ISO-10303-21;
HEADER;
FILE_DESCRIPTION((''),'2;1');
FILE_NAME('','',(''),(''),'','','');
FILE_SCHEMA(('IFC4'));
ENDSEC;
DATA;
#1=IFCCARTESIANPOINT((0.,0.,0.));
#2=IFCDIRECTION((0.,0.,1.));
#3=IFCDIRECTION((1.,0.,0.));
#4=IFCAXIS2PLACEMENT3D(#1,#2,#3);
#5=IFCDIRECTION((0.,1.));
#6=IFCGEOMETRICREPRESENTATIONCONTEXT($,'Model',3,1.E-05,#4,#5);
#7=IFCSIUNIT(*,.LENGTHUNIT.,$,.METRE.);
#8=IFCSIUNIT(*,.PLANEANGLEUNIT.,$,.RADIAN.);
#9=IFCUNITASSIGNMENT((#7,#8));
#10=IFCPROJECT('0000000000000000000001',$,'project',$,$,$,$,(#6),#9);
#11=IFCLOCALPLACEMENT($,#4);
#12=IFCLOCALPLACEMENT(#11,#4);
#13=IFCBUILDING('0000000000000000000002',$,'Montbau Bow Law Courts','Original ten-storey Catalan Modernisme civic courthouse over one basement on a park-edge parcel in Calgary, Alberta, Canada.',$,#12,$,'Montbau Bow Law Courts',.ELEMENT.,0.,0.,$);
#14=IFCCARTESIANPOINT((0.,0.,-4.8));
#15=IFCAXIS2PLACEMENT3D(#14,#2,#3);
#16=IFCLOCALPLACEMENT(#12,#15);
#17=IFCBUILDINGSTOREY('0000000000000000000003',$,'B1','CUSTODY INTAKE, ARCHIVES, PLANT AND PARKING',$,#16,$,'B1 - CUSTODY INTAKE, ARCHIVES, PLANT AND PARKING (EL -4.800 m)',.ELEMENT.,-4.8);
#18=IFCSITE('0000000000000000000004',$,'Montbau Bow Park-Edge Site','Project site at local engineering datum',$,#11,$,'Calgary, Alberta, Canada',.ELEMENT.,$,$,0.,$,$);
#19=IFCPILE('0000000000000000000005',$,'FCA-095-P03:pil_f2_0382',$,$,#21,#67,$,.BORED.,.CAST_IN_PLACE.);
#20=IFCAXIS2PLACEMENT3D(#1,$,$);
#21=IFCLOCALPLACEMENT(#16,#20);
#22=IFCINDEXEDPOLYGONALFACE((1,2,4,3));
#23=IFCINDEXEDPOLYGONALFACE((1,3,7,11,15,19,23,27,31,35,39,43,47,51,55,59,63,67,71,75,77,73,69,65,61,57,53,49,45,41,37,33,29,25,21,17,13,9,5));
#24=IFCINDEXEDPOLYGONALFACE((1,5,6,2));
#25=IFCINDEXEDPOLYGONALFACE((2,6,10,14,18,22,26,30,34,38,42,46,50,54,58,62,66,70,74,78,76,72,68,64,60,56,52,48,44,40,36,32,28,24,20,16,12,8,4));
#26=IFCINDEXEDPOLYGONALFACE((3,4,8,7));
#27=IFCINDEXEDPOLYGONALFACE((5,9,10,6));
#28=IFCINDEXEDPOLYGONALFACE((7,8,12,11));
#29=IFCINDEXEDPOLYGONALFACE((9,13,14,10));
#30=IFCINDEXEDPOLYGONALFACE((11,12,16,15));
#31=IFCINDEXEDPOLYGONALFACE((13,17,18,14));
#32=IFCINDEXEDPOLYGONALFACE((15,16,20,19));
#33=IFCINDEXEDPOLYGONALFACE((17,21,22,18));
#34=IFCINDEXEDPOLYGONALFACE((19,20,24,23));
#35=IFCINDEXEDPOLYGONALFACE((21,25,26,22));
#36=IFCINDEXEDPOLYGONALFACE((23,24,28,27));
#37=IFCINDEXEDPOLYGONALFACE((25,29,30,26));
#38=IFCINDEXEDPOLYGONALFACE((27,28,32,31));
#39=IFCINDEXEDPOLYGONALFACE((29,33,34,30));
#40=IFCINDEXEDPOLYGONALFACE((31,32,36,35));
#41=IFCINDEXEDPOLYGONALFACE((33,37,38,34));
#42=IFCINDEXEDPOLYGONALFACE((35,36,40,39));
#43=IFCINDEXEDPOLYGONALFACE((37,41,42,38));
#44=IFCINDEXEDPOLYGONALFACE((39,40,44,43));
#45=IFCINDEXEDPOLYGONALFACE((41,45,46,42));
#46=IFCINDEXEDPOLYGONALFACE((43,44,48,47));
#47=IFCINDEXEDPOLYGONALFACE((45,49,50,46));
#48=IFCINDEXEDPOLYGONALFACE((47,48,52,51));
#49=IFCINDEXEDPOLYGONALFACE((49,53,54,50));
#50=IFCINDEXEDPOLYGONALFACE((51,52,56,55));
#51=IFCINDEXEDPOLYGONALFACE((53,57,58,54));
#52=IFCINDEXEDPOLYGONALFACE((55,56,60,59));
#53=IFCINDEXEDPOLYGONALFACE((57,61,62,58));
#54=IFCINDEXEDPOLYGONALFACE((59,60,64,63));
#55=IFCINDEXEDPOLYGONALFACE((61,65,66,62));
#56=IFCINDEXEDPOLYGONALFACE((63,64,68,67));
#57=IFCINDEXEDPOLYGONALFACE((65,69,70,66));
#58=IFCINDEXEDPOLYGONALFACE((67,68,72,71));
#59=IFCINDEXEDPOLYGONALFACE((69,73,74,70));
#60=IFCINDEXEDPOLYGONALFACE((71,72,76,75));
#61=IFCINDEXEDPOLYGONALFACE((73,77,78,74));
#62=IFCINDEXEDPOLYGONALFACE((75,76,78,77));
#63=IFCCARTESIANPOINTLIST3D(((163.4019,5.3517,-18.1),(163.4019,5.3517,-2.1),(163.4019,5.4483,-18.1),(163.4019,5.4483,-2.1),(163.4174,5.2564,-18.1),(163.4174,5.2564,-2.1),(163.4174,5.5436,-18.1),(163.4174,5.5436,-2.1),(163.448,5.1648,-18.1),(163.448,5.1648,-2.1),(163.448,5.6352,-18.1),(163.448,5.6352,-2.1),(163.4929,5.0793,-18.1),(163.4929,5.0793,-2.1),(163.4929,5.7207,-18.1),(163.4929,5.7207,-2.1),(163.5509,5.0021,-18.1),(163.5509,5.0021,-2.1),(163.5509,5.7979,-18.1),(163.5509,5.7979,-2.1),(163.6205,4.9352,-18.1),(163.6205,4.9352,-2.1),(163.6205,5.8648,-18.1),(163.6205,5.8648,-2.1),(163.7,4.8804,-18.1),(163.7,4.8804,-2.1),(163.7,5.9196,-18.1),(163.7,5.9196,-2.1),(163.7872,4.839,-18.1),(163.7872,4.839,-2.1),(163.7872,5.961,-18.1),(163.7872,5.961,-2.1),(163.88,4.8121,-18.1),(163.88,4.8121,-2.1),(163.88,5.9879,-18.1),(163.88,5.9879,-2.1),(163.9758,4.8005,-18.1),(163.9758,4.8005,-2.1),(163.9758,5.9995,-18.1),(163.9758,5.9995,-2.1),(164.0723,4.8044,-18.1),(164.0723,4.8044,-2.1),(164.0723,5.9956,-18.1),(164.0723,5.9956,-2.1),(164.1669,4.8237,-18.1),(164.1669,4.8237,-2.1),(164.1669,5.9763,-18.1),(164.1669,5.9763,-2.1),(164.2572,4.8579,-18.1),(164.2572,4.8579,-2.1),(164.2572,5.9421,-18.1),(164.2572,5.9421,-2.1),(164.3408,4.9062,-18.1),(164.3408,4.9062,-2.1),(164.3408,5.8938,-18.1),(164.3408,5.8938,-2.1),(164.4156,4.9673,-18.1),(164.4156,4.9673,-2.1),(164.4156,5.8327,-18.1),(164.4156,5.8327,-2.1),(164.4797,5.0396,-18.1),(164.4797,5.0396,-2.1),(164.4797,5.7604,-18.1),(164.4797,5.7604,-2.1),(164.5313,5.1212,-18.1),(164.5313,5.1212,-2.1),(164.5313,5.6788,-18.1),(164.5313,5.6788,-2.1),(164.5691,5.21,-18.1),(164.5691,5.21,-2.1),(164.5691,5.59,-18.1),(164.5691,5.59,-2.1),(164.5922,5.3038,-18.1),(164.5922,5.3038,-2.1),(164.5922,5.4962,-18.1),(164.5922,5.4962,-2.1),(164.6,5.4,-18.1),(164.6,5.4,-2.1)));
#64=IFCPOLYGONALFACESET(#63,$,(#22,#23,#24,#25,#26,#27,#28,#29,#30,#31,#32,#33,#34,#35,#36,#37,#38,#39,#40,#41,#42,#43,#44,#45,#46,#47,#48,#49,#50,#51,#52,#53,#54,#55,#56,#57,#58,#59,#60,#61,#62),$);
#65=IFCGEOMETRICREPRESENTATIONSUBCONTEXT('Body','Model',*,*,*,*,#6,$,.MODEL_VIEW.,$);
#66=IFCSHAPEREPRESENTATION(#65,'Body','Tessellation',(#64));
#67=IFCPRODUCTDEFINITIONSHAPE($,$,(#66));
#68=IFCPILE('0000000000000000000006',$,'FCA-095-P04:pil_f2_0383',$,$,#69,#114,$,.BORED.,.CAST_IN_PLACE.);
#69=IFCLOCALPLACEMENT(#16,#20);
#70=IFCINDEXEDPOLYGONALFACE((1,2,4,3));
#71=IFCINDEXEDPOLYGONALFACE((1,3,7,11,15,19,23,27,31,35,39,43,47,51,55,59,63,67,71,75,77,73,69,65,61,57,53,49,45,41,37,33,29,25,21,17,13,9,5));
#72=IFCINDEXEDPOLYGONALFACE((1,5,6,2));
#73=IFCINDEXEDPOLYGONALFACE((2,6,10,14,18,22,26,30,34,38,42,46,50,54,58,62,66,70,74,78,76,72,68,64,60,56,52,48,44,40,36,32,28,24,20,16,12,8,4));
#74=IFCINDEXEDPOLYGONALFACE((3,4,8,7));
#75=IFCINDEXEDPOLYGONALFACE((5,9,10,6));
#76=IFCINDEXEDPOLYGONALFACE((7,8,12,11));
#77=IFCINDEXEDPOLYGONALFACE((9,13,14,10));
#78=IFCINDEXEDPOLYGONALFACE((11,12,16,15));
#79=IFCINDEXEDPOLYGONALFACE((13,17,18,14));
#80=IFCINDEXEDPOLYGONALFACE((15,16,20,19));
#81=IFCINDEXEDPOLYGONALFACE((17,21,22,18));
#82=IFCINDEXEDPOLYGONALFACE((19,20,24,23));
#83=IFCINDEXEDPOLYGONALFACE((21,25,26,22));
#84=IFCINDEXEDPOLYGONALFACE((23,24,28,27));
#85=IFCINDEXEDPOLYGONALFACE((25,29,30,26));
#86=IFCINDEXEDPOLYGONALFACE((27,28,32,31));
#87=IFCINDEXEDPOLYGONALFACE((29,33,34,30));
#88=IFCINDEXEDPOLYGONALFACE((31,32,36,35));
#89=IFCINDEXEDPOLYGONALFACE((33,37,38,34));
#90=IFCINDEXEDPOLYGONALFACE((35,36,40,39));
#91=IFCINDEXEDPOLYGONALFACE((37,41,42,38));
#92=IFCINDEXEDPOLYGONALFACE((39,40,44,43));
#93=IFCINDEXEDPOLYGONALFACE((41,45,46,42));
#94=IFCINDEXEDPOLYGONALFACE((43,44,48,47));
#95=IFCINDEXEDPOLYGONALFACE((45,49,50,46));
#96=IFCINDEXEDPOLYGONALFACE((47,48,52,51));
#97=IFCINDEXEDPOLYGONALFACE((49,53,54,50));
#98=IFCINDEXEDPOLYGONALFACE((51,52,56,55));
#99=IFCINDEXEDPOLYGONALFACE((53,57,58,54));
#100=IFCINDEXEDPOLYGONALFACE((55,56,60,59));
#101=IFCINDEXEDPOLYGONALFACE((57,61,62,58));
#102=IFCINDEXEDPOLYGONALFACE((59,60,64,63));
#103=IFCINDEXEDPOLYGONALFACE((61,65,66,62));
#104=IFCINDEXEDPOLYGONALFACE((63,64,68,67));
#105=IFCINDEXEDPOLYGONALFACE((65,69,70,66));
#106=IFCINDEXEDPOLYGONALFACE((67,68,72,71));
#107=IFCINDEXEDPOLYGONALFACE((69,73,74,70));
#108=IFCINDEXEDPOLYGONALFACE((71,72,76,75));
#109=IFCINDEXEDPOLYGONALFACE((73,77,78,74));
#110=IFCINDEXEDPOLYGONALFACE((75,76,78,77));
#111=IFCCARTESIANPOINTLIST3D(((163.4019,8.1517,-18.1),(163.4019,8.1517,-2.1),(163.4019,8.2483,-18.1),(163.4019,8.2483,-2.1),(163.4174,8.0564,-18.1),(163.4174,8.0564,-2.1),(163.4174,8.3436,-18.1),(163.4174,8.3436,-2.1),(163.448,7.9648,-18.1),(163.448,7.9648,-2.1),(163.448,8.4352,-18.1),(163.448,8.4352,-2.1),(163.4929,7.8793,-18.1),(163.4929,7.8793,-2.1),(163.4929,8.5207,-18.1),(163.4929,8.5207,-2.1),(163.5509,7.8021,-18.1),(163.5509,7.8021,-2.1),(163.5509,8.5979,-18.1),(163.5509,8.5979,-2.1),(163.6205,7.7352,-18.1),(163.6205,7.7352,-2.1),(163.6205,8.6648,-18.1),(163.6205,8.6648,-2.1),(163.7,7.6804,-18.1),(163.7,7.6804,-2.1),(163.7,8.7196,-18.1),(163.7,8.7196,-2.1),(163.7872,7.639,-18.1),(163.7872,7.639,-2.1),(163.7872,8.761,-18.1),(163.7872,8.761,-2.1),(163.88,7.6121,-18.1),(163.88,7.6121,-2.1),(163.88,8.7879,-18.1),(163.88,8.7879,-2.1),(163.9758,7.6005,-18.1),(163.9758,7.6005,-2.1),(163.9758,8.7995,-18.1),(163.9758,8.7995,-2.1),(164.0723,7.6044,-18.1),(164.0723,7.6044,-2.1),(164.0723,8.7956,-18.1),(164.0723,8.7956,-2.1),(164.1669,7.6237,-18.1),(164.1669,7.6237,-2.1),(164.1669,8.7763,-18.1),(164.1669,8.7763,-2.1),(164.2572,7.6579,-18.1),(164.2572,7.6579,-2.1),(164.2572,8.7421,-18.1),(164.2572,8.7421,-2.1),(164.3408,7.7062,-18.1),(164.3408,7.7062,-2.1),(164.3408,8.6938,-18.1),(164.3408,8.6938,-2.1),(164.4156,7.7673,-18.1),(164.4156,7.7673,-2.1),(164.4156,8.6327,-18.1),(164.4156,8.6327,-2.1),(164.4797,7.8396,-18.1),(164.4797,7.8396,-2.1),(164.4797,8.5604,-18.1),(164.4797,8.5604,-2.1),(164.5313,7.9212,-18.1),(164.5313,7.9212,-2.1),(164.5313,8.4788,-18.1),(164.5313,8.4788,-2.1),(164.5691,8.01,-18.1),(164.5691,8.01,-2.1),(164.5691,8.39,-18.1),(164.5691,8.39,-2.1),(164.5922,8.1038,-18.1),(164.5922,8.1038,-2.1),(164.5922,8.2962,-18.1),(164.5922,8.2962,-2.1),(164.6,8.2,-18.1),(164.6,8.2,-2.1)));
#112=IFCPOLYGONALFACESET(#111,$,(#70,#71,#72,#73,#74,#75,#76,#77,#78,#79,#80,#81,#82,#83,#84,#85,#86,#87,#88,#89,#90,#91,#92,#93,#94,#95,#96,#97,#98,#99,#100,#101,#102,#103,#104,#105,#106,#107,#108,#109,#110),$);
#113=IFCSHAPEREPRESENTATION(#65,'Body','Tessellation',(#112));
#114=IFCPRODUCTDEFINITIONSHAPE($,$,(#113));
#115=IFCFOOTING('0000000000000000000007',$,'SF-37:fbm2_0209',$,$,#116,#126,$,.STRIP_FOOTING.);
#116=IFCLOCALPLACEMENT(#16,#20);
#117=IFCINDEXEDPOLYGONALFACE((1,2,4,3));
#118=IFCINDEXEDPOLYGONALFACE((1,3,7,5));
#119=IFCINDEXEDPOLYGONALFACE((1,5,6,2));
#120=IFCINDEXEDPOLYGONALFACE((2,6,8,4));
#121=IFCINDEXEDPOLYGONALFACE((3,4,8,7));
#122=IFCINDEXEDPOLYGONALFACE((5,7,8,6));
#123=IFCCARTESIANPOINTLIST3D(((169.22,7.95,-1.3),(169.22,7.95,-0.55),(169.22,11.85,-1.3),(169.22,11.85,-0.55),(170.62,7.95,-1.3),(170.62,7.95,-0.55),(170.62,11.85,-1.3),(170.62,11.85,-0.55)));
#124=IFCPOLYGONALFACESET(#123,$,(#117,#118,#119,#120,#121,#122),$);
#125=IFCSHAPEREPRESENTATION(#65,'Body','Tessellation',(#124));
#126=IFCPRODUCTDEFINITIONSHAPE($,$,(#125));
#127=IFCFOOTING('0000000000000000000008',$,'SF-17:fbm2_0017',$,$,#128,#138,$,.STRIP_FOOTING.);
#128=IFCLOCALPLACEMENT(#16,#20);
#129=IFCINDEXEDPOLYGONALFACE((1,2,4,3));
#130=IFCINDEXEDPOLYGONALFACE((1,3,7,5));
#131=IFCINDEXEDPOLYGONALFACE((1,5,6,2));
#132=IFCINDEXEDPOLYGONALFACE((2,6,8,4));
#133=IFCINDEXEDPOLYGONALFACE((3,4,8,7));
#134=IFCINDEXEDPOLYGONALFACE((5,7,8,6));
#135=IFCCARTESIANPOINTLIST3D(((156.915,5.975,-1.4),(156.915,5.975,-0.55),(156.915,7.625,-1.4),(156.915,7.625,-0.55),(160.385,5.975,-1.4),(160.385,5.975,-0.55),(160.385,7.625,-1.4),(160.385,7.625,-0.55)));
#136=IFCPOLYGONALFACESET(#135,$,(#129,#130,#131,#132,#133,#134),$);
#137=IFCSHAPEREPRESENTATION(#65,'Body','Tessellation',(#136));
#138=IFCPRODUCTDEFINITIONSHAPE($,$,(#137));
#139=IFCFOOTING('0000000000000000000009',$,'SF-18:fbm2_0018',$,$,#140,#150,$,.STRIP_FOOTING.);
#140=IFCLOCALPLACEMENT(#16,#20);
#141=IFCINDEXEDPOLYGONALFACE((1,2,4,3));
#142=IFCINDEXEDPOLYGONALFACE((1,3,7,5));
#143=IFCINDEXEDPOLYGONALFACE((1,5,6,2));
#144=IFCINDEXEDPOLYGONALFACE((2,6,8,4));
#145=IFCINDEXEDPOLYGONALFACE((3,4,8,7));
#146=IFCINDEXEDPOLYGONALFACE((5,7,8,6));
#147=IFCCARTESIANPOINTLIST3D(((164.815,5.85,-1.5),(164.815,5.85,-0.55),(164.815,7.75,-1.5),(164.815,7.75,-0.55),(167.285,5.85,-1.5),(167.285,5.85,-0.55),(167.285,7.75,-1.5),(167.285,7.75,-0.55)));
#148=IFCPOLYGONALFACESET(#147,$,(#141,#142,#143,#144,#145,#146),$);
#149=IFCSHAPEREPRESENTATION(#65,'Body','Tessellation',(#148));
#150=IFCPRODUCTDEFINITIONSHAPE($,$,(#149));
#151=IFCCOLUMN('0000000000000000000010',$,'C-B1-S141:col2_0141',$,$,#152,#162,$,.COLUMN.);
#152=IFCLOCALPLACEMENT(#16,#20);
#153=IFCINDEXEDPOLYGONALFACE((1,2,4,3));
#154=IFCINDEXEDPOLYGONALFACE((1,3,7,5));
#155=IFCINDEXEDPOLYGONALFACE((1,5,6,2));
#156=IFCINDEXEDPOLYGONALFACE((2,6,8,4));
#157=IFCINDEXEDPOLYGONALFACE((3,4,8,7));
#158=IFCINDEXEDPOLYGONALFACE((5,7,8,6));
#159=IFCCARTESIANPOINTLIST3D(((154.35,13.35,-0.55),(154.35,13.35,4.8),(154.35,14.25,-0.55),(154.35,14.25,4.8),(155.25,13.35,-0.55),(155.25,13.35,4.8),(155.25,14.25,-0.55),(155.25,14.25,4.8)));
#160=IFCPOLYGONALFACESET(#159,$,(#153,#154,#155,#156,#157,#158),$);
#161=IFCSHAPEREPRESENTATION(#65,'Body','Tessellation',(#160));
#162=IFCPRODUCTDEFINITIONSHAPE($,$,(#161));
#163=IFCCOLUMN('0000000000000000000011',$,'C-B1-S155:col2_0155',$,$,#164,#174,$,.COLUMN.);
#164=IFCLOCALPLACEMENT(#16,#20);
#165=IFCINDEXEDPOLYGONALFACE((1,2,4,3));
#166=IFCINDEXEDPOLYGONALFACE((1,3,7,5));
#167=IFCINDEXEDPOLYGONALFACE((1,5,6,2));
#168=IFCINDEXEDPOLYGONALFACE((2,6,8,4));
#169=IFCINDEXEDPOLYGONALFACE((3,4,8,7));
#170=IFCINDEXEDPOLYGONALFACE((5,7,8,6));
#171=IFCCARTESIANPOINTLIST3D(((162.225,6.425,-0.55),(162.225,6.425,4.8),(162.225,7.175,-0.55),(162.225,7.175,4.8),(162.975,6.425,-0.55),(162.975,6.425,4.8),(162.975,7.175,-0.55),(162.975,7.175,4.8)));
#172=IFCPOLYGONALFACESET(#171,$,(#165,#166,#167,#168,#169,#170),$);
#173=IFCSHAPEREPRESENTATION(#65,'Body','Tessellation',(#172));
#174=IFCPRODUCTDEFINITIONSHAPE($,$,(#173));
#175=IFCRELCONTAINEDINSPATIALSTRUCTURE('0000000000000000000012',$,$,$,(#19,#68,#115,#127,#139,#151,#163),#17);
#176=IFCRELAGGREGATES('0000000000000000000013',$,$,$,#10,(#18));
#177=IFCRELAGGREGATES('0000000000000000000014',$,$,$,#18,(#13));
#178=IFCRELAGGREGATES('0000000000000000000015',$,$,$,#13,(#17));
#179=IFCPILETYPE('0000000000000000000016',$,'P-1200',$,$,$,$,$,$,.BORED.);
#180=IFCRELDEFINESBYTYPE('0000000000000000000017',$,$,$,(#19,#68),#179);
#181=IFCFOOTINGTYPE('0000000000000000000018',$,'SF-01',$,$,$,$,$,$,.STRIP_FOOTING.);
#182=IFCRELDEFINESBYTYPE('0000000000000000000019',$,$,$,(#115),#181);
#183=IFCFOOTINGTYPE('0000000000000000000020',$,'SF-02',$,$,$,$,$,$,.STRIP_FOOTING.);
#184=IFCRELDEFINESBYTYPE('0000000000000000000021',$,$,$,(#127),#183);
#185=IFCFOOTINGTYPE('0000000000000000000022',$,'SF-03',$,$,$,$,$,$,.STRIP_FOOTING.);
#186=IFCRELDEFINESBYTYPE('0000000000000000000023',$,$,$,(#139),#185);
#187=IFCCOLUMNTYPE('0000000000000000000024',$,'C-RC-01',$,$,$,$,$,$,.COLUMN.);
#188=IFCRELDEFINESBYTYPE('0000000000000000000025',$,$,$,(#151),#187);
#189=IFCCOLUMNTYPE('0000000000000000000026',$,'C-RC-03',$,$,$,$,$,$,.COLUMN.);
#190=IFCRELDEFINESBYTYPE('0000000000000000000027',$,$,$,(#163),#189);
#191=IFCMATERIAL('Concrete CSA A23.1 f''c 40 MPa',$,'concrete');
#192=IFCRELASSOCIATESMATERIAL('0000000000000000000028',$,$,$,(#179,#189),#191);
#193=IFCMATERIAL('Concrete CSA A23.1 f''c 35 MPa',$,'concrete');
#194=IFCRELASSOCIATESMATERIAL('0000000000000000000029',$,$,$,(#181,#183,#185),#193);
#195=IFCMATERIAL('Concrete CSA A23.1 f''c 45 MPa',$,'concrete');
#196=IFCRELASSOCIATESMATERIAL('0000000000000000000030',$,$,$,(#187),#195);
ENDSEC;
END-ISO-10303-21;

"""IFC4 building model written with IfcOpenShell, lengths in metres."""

from ifc_helpers import new_model, si_unit, direction, frame, origin_with_axes, origin_2d_with_axis, place, context, subcontext, project, spatial, rectangle, circle, extrude, material, material_profile, profile_set, type_object, element, save


model = new_model("IFC4")

# Units and contexts
model_context = context("Model", 3, precision=1e-05, world=origin_with_axes(), true_north=direction((0.0, 1.0)))
body_context = subcontext(model_context, "Body", "Model", "MODEL_VIEW")
ifc_project = project(units=[si_unit("LENGTHUNIT", "METRE"), si_unit("PLANEANGLEUNIT", "RADIAN")], contexts=[model_context])

# Site, building, storey
site_placement = place(None, origin_with_axes())
site = spatial("IfcSite", under=ifc_project, at=site_placement, Name="Montbau Bow Park-Edge Site", Description="Project site at local engineering datum", LongName="Calgary, Alberta, Canada", CompositionType="ELEMENT", RefElevation=0.0)
building_placement = place(site_placement, origin_with_axes())
building = spatial("IfcBuilding", under=site, at=building_placement, Name="Montbau Bow Law Courts", Description="Original ten-storey Catalan Modernisme civic courthouse over one basement on a park-edge parcel in Calgary, Alberta, Canada.", LongName="Montbau Bow Law Courts", CompositionType="ELEMENT", ElevationOfRefHeight=0.0, ElevationOfTerrain=0.0)
storey_placement = place(building_placement, frame((0.0, 0.0, -4.8), z_axis=(0.0, 0.0, 1.0), x_axis=(1.0, 0.0, 0.0)))
storey = spatial("IfcBuildingStorey", under=building, at=storey_placement, Name="B1", Description="CUSTODY INTAKE, ARCHIVES, PLANT AND PARKING", LongName="B1 - CUSTODY INTAKE, ARCHIVES, PLANT AND PARKING (EL -4.800 m)", CompositionType="ELEMENT", Elevation=-4.8)

# Shared definitions
ifc_material_1 = material(Name="Concrete CSA A23.1 f'c 35 MPa", Category="concrete")

# Piles
ifc_material_2 = material(Name="Concrete CSA A23.1 f'c 40 MPa", Category="concrete")
ifc_material_profile_1 = material_profile(ifc_material_2, circle(Radius=0.6, at=origin_2d_with_axis()), Name="BP1200", Category="Main", Priority=0)
ifc_profile_set_1 = profile_set([ifc_material_profile_1], Name="Concrete CSA A23.1 f'c 40 MPa")
pile_type_1 = type_object("IfcPileType", Name="P-1200", PredefinedType="BORED", material=ifc_profile_set_1)
for number, where, z_axis, x_axis, name in (
    (1, (164.0, 5.4, -22.9), (0.0, 0.0, 1.0), (1.0, 0.0, 0.0), "FCA-095-P03:pil_f2_0382"),
    (2, (164.0, 8.2, -22.9), (0.0, 0.0, 1.0), (1.0, 0.0, 0.0), "FCA-095-P04:pil_f2_0383"),
):
    element("IfcPile", number, at=place(None, frame(where, z_axis=z_axis, x_axis=x_axis)), inside=storey, type_object=pile_type_1, Name=name, ConstructionType="CAST_IN_PLACE", PredefinedType="BORED", context=body_context, shape_type="SweptSolid", body=[
        extrude(circle(Radius=0.6, at=origin_2d_with_axis()), origin_with_axes(), (0.0, 0.0, 1.0), 16.0),
    ])

# Footings
footing_type_1 = type_object("IfcFootingType", Name="SF-01", PredefinedType="STRIP_FOOTING", material=ifc_material_1)
footing_1_placement = place(None, frame((169.92, 9.9, -6.1), z_axis=(0.0, 0.0, 1.0), x_axis=(0.0, 1.0, 0.0)))
element("IfcFooting", 3, at=footing_1_placement, inside=storey, type_object=footing_type_1, Name="SF-37:fbm2_0209", PredefinedType="STRIP_FOOTING", context=body_context, shape_type="SweptSolid", body=[
    extrude(rectangle(XDim=3.9, YDim=1.4, at=origin_2d_with_axis()), origin_with_axes(), (0.0, 0.0, 1.0), 0.75),
])
footing_type_2 = type_object("IfcFootingType", Name="SF-02", PredefinedType="STRIP_FOOTING", material=ifc_material_1)
footing_2_placement = place(None, frame((158.65, 6.8, -6.2), z_axis=(0.0, 0.0, 1.0), x_axis=(1.0, 0.0, 0.0)))
element("IfcFooting", 4, at=footing_2_placement, inside=storey, type_object=footing_type_2, Name="SF-17:fbm2_0017", PredefinedType="STRIP_FOOTING", context=body_context, shape_type="SweptSolid", body=[
    extrude(rectangle(XDim=3.47, YDim=1.65, at=origin_2d_with_axis()), origin_with_axes(), (0.0, 0.0, 1.0), 0.85),
])
footing_type_3 = type_object("IfcFootingType", Name="SF-03", PredefinedType="STRIP_FOOTING", material=ifc_material_1)
footing_3_placement = place(None, frame((166.05, 6.8, -6.3), z_axis=(0.0, 0.0, 1.0), x_axis=(1.0, 0.0, 0.0)))
element("IfcFooting", 5, at=footing_3_placement, inside=storey, type_object=footing_type_3, Name="SF-18:fbm2_0018", PredefinedType="STRIP_FOOTING", context=body_context, shape_type="SweptSolid", body=[
    extrude(rectangle(XDim=2.47, YDim=1.9, at=origin_2d_with_axis()), origin_with_axes(), (0.0, 0.0, 1.0), 0.95),
])

# Columns
ifc_material_3 = material(Name="Concrete CSA A23.1 f'c 45 MPa", Category="concrete")
ifc_material_profile_2 = material_profile(ifc_material_3, rectangle(XDim=0.9, YDim=0.9, at=origin_2d_with_axis()), Name="RC900X900", Category="Main", Priority=0)
ifc_profile_set_2 = profile_set([ifc_material_profile_2], Name="Concrete CSA A23.1 f'c 45 MPa")
column_type_1 = type_object("IfcColumnType", Name="C-RC-01", PredefinedType="COLUMN", material=ifc_profile_set_2)
column_1_placement = place(None, frame((154.8, 13.8, -5.35), z_axis=(0.0, 0.0, 1.0), x_axis=(1.0, 0.0, 0.0)))
element("IfcColumn", 6, at=column_1_placement, inside=storey, type_object=column_type_1, Name="C-B1-S141:col2_0141", PredefinedType="COLUMN", context=body_context, shape_type="SweptSolid", body=[
    extrude(rectangle(XDim=0.9, YDim=0.9, at=origin_2d_with_axis()), origin_with_axes(), (0.0, 0.0, 1.0), 5.35),
])
ifc_material_profile_3 = material_profile(ifc_material_2, rectangle(XDim=0.75, YDim=0.75, at=origin_2d_with_axis()), Name="RC750X750", Category="Main", Priority=0)
ifc_profile_set_3 = profile_set([ifc_material_profile_3], Name="Concrete CSA A23.1 f'c 40 MPa")
column_type_2 = type_object("IfcColumnType", Name="C-RC-03", PredefinedType="COLUMN", material=ifc_profile_set_3)
column_2_placement = place(None, frame((162.6, 6.8, -5.35), z_axis=(0.0, 0.0, 1.0), x_axis=(1.0, 0.0, 0.0)))
element("IfcColumn", 7, at=column_2_placement, inside=storey, type_object=column_type_2, Name="C-B1-S155:col2_0155", PredefinedType="COLUMN", context=body_context, shape_type="SweptSolid", body=[
    extrude(rectangle(XDim=0.75, YDim=0.75, at=origin_2d_with_axis()), origin_with_axes(), (0.0, 0.0, 1.0), 5.35),
])

save(model, "model.ifc")
